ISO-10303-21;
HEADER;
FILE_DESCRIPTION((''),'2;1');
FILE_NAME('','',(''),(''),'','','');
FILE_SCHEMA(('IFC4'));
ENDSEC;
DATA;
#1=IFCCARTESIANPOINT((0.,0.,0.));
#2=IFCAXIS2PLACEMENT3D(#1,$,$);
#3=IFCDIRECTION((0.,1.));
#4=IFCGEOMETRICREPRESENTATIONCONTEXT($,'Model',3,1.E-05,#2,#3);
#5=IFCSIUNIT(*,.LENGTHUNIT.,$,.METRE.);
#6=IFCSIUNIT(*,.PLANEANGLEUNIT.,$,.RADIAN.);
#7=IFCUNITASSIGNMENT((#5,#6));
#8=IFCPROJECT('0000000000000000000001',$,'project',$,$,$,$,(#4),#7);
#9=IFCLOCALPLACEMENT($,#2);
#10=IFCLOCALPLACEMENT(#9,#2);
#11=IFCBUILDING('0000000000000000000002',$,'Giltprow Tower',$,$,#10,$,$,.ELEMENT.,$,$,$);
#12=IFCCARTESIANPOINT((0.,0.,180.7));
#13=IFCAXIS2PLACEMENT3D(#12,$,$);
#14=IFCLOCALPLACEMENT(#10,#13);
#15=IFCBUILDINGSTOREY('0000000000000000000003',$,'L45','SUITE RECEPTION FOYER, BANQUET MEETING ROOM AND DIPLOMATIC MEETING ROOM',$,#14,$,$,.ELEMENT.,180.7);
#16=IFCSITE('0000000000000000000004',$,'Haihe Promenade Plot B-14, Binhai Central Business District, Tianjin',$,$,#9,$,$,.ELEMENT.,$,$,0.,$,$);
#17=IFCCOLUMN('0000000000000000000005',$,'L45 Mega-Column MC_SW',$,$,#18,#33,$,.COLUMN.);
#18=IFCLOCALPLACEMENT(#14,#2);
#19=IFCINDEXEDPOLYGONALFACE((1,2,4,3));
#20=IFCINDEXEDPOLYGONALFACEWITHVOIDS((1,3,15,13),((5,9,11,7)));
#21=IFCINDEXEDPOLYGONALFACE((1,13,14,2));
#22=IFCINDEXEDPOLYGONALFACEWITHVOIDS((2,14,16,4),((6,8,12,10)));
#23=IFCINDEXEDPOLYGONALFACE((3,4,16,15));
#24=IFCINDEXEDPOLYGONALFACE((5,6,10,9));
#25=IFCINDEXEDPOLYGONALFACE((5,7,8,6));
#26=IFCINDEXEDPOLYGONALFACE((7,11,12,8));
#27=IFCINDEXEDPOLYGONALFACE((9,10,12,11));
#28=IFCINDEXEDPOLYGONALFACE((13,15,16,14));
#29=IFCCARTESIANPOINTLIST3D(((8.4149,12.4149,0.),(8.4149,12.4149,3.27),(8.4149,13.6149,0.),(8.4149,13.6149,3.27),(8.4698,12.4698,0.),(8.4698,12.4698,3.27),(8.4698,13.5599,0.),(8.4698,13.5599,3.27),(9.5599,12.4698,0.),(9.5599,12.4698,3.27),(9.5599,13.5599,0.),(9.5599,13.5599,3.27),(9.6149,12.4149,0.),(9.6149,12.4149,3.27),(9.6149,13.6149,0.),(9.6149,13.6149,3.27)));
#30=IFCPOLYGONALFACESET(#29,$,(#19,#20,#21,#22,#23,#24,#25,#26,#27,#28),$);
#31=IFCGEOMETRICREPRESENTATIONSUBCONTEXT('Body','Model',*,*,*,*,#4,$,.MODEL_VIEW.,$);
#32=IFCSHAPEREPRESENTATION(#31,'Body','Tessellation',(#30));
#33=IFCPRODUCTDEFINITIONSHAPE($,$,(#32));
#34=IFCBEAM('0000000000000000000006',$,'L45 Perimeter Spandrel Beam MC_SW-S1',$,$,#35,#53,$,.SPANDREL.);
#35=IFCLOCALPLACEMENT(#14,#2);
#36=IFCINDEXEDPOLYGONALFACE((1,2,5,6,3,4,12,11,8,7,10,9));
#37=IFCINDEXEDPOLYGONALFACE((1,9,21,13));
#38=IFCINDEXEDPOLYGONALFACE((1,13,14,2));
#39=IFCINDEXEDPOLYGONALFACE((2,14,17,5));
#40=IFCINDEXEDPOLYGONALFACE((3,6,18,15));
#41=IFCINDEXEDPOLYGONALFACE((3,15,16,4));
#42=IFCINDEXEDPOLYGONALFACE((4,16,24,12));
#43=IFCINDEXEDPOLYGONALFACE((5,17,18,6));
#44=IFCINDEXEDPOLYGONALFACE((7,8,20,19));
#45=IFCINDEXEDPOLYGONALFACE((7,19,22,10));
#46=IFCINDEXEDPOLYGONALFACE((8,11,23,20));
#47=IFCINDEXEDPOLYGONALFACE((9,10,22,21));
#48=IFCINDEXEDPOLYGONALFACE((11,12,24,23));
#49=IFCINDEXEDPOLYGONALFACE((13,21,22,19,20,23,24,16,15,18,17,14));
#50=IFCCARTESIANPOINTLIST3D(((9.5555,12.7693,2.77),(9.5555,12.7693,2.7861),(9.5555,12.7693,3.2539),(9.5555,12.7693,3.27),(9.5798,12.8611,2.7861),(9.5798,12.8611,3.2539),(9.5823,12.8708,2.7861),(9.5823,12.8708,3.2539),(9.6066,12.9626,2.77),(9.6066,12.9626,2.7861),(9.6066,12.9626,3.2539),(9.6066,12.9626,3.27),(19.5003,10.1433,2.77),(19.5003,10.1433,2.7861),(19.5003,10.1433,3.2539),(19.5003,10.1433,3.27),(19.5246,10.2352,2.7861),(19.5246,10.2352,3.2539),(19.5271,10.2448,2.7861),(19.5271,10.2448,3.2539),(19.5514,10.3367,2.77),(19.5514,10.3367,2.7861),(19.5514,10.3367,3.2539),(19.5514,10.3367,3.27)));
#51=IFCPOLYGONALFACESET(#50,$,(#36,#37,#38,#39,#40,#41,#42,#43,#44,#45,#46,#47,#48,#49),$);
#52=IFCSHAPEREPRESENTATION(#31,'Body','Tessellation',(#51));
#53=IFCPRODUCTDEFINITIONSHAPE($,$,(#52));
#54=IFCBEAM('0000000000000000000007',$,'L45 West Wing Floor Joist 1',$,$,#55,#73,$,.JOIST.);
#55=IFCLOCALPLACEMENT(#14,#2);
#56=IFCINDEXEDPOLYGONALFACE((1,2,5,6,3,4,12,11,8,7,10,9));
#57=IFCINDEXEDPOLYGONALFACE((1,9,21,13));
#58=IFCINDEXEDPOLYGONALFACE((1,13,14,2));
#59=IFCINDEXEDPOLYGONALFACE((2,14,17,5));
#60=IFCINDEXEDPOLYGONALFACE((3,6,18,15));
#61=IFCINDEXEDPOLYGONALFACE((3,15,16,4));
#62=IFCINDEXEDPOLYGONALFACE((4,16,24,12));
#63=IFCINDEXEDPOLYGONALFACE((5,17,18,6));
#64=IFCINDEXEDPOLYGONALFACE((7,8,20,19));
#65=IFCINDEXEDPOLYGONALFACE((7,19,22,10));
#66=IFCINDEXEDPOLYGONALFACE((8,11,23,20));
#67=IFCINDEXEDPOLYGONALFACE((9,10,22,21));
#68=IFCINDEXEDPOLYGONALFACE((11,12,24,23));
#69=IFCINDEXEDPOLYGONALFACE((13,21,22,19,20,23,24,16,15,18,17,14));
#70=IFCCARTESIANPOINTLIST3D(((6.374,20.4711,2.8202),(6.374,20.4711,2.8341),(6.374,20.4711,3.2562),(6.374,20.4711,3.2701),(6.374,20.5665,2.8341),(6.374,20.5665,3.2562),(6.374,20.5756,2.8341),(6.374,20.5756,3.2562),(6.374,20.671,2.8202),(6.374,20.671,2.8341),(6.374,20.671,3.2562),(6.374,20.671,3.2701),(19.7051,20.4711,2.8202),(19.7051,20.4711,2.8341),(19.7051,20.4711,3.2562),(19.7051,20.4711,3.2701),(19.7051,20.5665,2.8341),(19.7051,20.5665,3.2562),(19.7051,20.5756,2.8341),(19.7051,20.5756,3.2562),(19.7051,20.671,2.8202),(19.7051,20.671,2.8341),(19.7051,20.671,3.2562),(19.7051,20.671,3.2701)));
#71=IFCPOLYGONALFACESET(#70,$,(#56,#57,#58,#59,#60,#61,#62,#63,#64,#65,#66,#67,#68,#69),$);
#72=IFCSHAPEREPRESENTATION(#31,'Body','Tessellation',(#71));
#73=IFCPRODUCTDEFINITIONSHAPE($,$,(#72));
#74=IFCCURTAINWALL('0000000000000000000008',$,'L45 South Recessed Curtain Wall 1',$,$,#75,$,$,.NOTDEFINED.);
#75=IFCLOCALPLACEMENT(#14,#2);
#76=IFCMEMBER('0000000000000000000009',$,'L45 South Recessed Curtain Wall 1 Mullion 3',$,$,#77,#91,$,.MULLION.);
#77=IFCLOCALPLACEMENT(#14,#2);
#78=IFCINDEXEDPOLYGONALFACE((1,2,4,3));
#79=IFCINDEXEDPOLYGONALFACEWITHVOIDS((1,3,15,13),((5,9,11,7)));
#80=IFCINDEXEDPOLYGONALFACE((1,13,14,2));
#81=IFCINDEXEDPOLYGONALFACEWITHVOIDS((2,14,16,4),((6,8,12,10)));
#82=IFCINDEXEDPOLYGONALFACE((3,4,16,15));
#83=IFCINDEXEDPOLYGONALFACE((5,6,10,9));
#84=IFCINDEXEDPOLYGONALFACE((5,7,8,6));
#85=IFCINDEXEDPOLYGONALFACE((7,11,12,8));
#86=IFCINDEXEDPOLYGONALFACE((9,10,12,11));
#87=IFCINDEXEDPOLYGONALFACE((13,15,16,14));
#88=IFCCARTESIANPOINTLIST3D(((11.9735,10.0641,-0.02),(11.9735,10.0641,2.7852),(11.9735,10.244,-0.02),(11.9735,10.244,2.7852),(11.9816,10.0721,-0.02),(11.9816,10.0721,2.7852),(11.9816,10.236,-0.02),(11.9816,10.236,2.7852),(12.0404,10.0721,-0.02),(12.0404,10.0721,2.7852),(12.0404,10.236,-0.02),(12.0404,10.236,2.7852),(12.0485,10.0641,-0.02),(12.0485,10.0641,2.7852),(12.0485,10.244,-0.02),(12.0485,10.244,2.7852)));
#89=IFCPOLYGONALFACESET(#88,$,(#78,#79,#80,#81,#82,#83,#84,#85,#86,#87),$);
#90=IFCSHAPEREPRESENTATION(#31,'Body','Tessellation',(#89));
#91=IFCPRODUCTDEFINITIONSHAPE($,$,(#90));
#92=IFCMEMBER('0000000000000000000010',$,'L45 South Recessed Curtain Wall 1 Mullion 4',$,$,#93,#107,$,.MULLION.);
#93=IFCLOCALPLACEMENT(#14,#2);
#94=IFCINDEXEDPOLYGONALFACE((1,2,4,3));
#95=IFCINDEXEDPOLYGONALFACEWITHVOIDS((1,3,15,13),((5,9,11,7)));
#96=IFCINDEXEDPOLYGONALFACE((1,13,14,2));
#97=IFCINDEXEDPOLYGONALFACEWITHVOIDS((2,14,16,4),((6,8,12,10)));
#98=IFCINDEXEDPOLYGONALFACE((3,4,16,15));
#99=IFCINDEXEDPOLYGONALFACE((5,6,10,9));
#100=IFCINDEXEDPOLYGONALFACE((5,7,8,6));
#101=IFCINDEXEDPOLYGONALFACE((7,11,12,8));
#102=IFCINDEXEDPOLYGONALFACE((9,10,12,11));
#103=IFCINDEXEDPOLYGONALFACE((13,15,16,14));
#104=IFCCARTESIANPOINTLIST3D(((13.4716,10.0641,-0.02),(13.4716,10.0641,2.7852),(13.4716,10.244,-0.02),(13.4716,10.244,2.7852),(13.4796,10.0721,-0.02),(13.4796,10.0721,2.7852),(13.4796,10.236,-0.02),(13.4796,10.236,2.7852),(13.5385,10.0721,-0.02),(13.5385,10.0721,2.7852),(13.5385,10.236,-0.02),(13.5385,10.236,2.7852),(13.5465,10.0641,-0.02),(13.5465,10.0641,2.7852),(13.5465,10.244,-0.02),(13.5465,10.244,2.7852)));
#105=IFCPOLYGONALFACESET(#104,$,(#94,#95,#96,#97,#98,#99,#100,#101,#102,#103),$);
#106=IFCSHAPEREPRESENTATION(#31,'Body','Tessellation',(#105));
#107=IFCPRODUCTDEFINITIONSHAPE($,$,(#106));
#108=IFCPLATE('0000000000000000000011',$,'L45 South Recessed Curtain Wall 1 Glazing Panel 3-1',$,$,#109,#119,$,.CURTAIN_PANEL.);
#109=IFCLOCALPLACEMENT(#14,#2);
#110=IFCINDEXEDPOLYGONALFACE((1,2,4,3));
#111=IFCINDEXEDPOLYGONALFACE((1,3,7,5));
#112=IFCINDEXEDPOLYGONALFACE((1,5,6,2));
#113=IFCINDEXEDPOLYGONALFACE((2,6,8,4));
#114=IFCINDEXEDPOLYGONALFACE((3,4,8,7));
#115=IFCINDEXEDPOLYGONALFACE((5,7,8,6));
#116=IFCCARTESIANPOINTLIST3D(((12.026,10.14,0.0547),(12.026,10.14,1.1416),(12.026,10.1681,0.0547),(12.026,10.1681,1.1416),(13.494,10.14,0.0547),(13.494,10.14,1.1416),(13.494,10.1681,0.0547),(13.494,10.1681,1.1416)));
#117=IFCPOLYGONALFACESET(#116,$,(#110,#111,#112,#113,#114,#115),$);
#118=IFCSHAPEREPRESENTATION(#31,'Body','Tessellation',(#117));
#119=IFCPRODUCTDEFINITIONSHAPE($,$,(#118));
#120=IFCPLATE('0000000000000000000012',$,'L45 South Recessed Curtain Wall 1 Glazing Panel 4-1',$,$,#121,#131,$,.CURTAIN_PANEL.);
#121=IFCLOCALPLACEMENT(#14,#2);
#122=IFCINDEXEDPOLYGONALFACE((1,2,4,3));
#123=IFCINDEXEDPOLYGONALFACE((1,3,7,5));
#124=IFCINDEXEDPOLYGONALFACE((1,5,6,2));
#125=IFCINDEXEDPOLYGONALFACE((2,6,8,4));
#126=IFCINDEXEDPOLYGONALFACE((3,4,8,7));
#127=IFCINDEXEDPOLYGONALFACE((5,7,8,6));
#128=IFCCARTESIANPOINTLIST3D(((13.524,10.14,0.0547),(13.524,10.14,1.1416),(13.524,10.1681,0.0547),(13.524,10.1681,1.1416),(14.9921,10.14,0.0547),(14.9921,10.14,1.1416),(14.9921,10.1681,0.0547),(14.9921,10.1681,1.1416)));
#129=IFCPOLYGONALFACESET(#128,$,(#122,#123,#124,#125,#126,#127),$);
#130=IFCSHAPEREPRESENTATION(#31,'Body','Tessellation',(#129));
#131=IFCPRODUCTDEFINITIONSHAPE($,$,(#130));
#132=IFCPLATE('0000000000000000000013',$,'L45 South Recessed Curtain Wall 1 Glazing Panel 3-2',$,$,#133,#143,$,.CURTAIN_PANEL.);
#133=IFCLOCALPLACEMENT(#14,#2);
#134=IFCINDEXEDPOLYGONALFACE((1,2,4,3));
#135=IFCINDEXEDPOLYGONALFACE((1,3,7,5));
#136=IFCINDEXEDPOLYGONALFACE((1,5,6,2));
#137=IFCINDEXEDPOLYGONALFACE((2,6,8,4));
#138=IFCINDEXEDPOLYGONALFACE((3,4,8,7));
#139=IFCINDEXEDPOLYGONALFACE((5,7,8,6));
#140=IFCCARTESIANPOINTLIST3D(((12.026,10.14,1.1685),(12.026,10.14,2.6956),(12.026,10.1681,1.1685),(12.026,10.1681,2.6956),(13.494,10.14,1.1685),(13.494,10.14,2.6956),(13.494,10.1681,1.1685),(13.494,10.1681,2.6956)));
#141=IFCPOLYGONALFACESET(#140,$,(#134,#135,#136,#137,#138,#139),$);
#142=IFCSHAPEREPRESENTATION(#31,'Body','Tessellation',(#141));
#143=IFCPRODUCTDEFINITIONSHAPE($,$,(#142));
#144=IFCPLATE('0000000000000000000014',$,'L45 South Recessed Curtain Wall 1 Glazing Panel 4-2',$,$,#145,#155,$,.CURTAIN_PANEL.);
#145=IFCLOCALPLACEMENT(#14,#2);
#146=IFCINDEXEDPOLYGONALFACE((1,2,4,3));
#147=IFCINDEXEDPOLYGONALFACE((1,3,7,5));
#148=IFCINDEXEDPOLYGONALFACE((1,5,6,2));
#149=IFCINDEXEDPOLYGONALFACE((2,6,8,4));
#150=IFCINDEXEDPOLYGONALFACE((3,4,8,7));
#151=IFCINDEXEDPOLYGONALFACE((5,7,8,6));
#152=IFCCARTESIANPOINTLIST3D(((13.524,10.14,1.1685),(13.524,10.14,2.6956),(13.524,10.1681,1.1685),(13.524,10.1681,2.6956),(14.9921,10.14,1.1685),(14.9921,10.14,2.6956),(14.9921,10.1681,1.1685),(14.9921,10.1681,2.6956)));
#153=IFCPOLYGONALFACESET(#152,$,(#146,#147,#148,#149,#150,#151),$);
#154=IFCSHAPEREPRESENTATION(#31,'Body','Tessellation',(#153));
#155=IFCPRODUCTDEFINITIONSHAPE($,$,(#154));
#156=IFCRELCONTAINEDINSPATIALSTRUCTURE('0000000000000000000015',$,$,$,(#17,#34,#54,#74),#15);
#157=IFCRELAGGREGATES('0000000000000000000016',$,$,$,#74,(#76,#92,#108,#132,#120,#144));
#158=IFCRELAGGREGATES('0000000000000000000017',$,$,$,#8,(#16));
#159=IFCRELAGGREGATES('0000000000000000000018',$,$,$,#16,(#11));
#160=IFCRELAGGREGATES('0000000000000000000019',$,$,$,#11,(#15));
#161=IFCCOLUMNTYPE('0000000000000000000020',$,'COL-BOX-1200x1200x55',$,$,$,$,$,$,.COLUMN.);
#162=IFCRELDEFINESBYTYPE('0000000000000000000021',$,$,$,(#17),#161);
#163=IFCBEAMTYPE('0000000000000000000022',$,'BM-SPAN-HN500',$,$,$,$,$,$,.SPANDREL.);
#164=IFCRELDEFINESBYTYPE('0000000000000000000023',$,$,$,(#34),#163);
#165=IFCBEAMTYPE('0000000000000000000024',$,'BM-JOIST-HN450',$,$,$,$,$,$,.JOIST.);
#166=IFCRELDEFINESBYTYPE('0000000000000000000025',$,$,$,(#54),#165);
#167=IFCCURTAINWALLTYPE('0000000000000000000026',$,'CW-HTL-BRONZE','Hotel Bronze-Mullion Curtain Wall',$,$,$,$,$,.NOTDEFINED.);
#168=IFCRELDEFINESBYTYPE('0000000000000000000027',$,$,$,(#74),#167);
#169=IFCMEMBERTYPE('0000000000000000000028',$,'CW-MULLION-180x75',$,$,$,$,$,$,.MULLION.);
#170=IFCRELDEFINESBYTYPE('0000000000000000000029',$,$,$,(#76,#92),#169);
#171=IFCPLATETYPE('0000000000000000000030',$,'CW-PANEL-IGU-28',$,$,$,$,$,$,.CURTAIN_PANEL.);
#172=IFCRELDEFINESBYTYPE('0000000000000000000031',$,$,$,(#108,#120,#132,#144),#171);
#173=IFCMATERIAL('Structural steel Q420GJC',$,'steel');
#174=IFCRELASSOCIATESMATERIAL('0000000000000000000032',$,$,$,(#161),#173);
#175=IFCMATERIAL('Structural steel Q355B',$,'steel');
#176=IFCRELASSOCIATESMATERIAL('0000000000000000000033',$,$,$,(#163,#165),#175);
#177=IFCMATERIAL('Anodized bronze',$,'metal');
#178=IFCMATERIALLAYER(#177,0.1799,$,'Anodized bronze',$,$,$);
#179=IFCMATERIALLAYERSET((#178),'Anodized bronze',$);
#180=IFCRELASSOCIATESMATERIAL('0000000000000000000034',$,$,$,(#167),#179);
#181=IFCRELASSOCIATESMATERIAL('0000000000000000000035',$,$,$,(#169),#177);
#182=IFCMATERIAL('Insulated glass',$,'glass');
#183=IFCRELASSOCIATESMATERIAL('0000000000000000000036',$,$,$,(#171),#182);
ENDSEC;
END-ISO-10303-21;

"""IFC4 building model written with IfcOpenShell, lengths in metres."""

from ifc_helpers import new_model, si_unit, direction, frame, origin, origin_2d, place, context, subcontext, project, spatial, rectangle, hollow_rectangle, i_section, extrude, source, transform, mapped, material, layer, layer_set, material_profile, profile_set, type_object, element, aggregate, save


model = new_model("IFC4")

# Units and contexts
model_context = context("Model", 3, precision=1e-05, world=origin(), true_north=direction((0.0, 1.0)))
body_context = subcontext(model_context, "Body", "Model", "MODEL_VIEW")
ifc_project = project(units=[si_unit("LENGTHUNIT", "METRE"), si_unit("PLANEANGLEUNIT", "RADIAN")], contexts=[model_context])

# Site, building, storey
site_placement = place(None, origin())
site = spatial("IfcSite", under=ifc_project, at=site_placement, Name="Haihe Promenade Plot B-14, Binhai Central Business District, Tianjin", CompositionType="ELEMENT", RefElevation=0.0)
building_placement = place(site_placement, origin())
building = spatial("IfcBuilding", under=site, at=building_placement, Name="Giltprow Tower", CompositionType="ELEMENT")
storey_placement = place(building_placement, frame((0.0, 0.0, 180.7)))
storey = spatial("IfcBuildingStorey", under=building, at=storey_placement, Name="L45", Description="SUITE RECEPTION FOYER, BANQUET MEETING ROOM AND DIPLOMATIC MEETING ROOM", CompositionType="ELEMENT", Elevation=180.7)

# Column
ifc_material_1 = material(Name="Structural steel Q420GJC", Category="steel")
ifc_material_profile_1 = material_profile(ifc_material_1, hollow_rectangle(XDim=1.2, YDim=1.2, WallThickness=0.0549, at=origin_2d()), Name="BOX 1200x1200x55")
ifc_profile_set_1 = profile_set([ifc_material_profile_1], Name="Structural steel Q420GJC")
column_type = type_object("IfcColumnType", Name="COL-BOX-1200x1200x55", PredefinedType="COLUMN", material=ifc_profile_set_1)
shared_shape_1 = source(origin(), body_context, "Body", "SweptSolid", [
    extrude(hollow_rectangle(XDim=1.2, YDim=1.2, WallThickness=0.0549, at=origin_2d()), origin(), (0.0, 0.0, 1.0), 3.27),
])
column_placement = place(storey_placement, frame((9.0149, 13.0149, 0.0), z_axis=(0.0, 0.0, 1.0), x_axis=(1.0, 0.0, 0.0)))
element("IfcColumn", 1, at=column_placement, inside=storey, type_object=column_type, Name="L45 Mega-Column MC_SW", PredefinedType="COLUMN", context=body_context, shape_type="MappedRepresentation", body=[
    mapped(shared_shape_1, transform((0.0, 0.0, 0.0), x_axis=(1.0, 0.0, 0.0), y_axis=(0.0, 1.0, 0.0), z_axis=(0.0, 0.0, 1.0), scale=1.0)),
])

# Beams
ifc_material_2 = material(Name="Structural steel Q355B", Category="steel")
ifc_material_profile_2 = material_profile(ifc_material_2, i_section(OverallWidth=0.2, OverallDepth=0.5, WebThickness=0.01, FlangeThickness=0.0161, at=origin_2d()), Name="HN 500x200x10x16")
ifc_profile_set_2 = profile_set([ifc_material_profile_2], Name="Structural steel Q355B")
beam_type_1 = type_object("IfcBeamType", Name="BM-SPAN-HN500", PredefinedType="SPANDREL", material=ifc_profile_set_2)
shared_shape_2 = source(origin(), body_context, "Body", "SweptSolid", [
    extrude(i_section(OverallWidth=0.2, OverallDepth=0.5, WebThickness=0.01, FlangeThickness=0.0161, at=origin_2d()), origin(), (0.0, 0.0, 1.0), 10.2856),
])
beam_1_placement = place(storey_placement, frame((9.5811, 12.866, 3.02), z_axis=(0.966861, -0.255304, 0.0), x_axis=(0.255304, 0.966861, 0.0)))
element("IfcBeam", 2, at=beam_1_placement, inside=storey, type_object=beam_type_1, Name="L45 Perimeter Spandrel Beam MC_SW-S1", PredefinedType="SPANDREL", context=body_context, shape_type="MappedRepresentation", body=[
    mapped(shared_shape_2, transform((0.0, 0.0, 0.0), x_axis=(1.0, 0.0, 0.0), y_axis=(0.0, 1.0, 0.0), z_axis=(0.0, 0.0, 1.0), scale=1.0)),
])
ifc_material_profile_3 = material_profile(ifc_material_2, i_section(OverallWidth=0.2, OverallDepth=0.45, WebThickness=0.009, FlangeThickness=0.0139, at=origin_2d()), Name="HN 450x200x9x14")
ifc_profile_set_3 = profile_set([ifc_material_profile_3], Name="Structural steel Q355B")
beam_type_2 = type_object("IfcBeamType", Name="BM-JOIST-HN450", PredefinedType="JOIST", material=ifc_profile_set_3)
shared_shape_3 = source(origin(), body_context, "Body", "SweptSolid", [
    extrude(i_section(OverallWidth=0.2, OverallDepth=0.45, WebThickness=0.009, FlangeThickness=0.0139, at=origin_2d()), origin(), (0.0, 0.0, 1.0), 13.3311),
])
beam_2_placement = place(storey_placement, frame((6.374, 20.571, 3.0452), z_axis=(1.0, 0.0, 0.0), x_axis=(0.0, 1.0, 0.0)))
element("IfcBeam", 3, at=beam_2_placement, inside=storey, type_object=beam_type_2, Name="L45 West Wing Floor Joist 1", PredefinedType="JOIST", context=body_context, shape_type="MappedRepresentation", body=[
    mapped(shared_shape_3, transform((0.0, 0.0, 0.0), x_axis=(1.0, 0.0, 0.0), y_axis=(0.0, 1.0, 0.0), z_axis=(0.0, 0.0, 1.0), scale=1.0)),
])

# Curtain wall, members, plates
ifc_material_3 = material(Name="Anodized bronze", Category="metal")
ifc_layer_1 = layer(ifc_material_3, 0.1799, Name="Anodized bronze")
ifc_layer_set_1 = layer_set([ifc_layer_1], Name="Anodized bronze")
curtain_wall_type = type_object("IfcCurtainWallType", Name="CW-HTL-BRONZE", Description="Hotel Bronze-Mullion Curtain Wall", PredefinedType="NOTDEFINED", material=ifc_layer_set_1)
curtain_wall_placement = place(storey_placement, origin())
curtain_wall = element("IfcCurtainWall", 4, at=curtain_wall_placement, inside=storey, type_object=curtain_wall_type, Name="L45 South Recessed Curtain Wall 1", PredefinedType="NOTDEFINED")
ifc_material_profile_4 = material_profile(ifc_material_3, hollow_rectangle(XDim=0.075, YDim=0.1799, WallThickness=0.0081, at=origin_2d()), Name="RHS 180x75x8")
ifc_profile_set_4 = profile_set([ifc_material_profile_4], Name="Anodized bronze")
member_type = type_object("IfcMemberType", Name="CW-MULLION-180x75", PredefinedType="MULLION", material=ifc_profile_set_4)
shared_shape_4 = source(origin(), body_context, "Body", "SweptSolid", [
    extrude(hollow_rectangle(XDim=0.075, YDim=0.1799, WallThickness=0.0081, at=origin_2d()), origin(), (0.0, 0.0, 1.0), 2.8052),
])
member_1_placement = place(storey_placement, frame((12.011, 10.1541, -0.02), z_axis=(0.0, 0.0, 1.0), x_axis=(1.0, 0.0, 0.0)))
member_1 = element("IfcMember", 5, at=member_1_placement, type_object=member_type, Name="L45 South Recessed Curtain Wall 1 Mullion 3", PredefinedType="MULLION", context=body_context, shape_type="MappedRepresentation", body=[
    mapped(shared_shape_4, transform((0.0, 0.0, 0.0), x_axis=(1.0, 0.0, 0.0), y_axis=(0.0, 1.0, 0.0), z_axis=(0.0, 0.0, 1.0), scale=1.0)),
])
member_2_placement = place(storey_placement, frame((13.509, 10.1541, -0.02), z_axis=(0.0, 0.0, 1.0), x_axis=(1.0, 0.0, 0.0)))
member_2 = element("IfcMember", 6, at=member_2_placement, type_object=member_type, Name="L45 South Recessed Curtain Wall 1 Mullion 4", PredefinedType="MULLION", context=body_context, shape_type="MappedRepresentation", body=[
    mapped(shared_shape_4, transform((0.0, 0.0, 0.0), x_axis=(1.0, 0.0, 0.0), y_axis=(0.0, 1.0, 0.0), z_axis=(0.0, 0.0, 1.0), scale=1.0)),
])
ifc_material_4 = material(Name="Insulated glass", Category="glass")
plate_type = type_object("IfcPlateType", Name="CW-PANEL-IGU-28", PredefinedType="CURTAIN_PANEL", material=ifc_material_4)
shared_shape_5 = source(origin(), body_context, "Body", "SweptSolid", [
    extrude(rectangle(XDim=1.468, YDim=0.0281, at=origin_2d()), origin(), (0.0, 0.0, 1.0), 1.0869),
])
plate_1_placement = place(storey_placement, frame((12.76, 10.1541, 0.0547), z_axis=(0.0, 0.0, 1.0), x_axis=(1.0, 0.0, 0.0)))
plate_1 = element("IfcPlate", 7, at=plate_1_placement, type_object=plate_type, Name="L45 South Recessed Curtain Wall 1 Glazing Panel 3-1", PredefinedType="CURTAIN_PANEL", context=body_context, shape_type="MappedRepresentation", body=[
    mapped(shared_shape_5, transform((0.0, 0.0, 0.0), x_axis=(1.0, 0.0, 0.0), y_axis=(0.0, 1.0, 0.0), z_axis=(0.0, 0.0, 1.0), scale=1.0)),
])
plate_2_placement = place(storey_placement, frame((14.2581, 10.1541, 0.0547), z_axis=(0.0, 0.0, 1.0), x_axis=(1.0, 0.0, 0.0)))
plate_2 = element("IfcPlate", 8, at=plate_2_placement, type_object=plate_type, Name="L45 South Recessed Curtain Wall 1 Glazing Panel 4-1", PredefinedType="CURTAIN_PANEL", context=body_context, shape_type="MappedRepresentation", body=[
    mapped(shared_shape_5, transform((0.0, 0.0, 0.0), x_axis=(1.0, 0.0, 0.0), y_axis=(0.0, 1.0, 0.0), z_axis=(0.0, 0.0, 1.0), scale=1.0)),
])
shared_shape_6 = source(origin(), body_context, "Body", "SweptSolid", [
    extrude(rectangle(XDim=1.468, YDim=0.0281, at=origin_2d()), origin(), (0.0, 0.0, 1.0), 1.5271),
])
plate_3_placement = place(storey_placement, frame((12.76, 10.1541, 1.1685), z_axis=(0.0, 0.0, 1.0), x_axis=(1.0, 0.0, 0.0)))
plate_3 = element("IfcPlate", 9, at=plate_3_placement, type_object=plate_type, Name="L45 South Recessed Curtain Wall 1 Glazing Panel 3-2", PredefinedType="CURTAIN_PANEL", context=body_context, shape_type="MappedRepresentation", body=[
    mapped(shared_shape_6, transform((0.0, 0.0, 0.0), x_axis=(1.0, 0.0, 0.0), y_axis=(0.0, 1.0, 0.0), z_axis=(0.0, 0.0, 1.0), scale=1.0)),
])
plate_4_placement = place(storey_placement, frame((14.2581, 10.1541, 1.1685), z_axis=(0.0, 0.0, 1.0), x_axis=(1.0, 0.0, 0.0)))
plate_4 = element("IfcPlate", 10, at=plate_4_placement, type_object=plate_type, Name="L45 South Recessed Curtain Wall 1 Glazing Panel 4-2", PredefinedType="CURTAIN_PANEL", context=body_context, shape_type="MappedRepresentation", body=[
    mapped(shared_shape_6, transform((0.0, 0.0, 0.0), x_axis=(1.0, 0.0, 0.0), y_axis=(0.0, 1.0, 0.0), z_axis=(0.0, 0.0, 1.0), scale=1.0)),
])
aggregate(curtain_wall, [member_1, member_2, plate_1, plate_3, plate_2, plate_4])

save(model, "model.ifc")
